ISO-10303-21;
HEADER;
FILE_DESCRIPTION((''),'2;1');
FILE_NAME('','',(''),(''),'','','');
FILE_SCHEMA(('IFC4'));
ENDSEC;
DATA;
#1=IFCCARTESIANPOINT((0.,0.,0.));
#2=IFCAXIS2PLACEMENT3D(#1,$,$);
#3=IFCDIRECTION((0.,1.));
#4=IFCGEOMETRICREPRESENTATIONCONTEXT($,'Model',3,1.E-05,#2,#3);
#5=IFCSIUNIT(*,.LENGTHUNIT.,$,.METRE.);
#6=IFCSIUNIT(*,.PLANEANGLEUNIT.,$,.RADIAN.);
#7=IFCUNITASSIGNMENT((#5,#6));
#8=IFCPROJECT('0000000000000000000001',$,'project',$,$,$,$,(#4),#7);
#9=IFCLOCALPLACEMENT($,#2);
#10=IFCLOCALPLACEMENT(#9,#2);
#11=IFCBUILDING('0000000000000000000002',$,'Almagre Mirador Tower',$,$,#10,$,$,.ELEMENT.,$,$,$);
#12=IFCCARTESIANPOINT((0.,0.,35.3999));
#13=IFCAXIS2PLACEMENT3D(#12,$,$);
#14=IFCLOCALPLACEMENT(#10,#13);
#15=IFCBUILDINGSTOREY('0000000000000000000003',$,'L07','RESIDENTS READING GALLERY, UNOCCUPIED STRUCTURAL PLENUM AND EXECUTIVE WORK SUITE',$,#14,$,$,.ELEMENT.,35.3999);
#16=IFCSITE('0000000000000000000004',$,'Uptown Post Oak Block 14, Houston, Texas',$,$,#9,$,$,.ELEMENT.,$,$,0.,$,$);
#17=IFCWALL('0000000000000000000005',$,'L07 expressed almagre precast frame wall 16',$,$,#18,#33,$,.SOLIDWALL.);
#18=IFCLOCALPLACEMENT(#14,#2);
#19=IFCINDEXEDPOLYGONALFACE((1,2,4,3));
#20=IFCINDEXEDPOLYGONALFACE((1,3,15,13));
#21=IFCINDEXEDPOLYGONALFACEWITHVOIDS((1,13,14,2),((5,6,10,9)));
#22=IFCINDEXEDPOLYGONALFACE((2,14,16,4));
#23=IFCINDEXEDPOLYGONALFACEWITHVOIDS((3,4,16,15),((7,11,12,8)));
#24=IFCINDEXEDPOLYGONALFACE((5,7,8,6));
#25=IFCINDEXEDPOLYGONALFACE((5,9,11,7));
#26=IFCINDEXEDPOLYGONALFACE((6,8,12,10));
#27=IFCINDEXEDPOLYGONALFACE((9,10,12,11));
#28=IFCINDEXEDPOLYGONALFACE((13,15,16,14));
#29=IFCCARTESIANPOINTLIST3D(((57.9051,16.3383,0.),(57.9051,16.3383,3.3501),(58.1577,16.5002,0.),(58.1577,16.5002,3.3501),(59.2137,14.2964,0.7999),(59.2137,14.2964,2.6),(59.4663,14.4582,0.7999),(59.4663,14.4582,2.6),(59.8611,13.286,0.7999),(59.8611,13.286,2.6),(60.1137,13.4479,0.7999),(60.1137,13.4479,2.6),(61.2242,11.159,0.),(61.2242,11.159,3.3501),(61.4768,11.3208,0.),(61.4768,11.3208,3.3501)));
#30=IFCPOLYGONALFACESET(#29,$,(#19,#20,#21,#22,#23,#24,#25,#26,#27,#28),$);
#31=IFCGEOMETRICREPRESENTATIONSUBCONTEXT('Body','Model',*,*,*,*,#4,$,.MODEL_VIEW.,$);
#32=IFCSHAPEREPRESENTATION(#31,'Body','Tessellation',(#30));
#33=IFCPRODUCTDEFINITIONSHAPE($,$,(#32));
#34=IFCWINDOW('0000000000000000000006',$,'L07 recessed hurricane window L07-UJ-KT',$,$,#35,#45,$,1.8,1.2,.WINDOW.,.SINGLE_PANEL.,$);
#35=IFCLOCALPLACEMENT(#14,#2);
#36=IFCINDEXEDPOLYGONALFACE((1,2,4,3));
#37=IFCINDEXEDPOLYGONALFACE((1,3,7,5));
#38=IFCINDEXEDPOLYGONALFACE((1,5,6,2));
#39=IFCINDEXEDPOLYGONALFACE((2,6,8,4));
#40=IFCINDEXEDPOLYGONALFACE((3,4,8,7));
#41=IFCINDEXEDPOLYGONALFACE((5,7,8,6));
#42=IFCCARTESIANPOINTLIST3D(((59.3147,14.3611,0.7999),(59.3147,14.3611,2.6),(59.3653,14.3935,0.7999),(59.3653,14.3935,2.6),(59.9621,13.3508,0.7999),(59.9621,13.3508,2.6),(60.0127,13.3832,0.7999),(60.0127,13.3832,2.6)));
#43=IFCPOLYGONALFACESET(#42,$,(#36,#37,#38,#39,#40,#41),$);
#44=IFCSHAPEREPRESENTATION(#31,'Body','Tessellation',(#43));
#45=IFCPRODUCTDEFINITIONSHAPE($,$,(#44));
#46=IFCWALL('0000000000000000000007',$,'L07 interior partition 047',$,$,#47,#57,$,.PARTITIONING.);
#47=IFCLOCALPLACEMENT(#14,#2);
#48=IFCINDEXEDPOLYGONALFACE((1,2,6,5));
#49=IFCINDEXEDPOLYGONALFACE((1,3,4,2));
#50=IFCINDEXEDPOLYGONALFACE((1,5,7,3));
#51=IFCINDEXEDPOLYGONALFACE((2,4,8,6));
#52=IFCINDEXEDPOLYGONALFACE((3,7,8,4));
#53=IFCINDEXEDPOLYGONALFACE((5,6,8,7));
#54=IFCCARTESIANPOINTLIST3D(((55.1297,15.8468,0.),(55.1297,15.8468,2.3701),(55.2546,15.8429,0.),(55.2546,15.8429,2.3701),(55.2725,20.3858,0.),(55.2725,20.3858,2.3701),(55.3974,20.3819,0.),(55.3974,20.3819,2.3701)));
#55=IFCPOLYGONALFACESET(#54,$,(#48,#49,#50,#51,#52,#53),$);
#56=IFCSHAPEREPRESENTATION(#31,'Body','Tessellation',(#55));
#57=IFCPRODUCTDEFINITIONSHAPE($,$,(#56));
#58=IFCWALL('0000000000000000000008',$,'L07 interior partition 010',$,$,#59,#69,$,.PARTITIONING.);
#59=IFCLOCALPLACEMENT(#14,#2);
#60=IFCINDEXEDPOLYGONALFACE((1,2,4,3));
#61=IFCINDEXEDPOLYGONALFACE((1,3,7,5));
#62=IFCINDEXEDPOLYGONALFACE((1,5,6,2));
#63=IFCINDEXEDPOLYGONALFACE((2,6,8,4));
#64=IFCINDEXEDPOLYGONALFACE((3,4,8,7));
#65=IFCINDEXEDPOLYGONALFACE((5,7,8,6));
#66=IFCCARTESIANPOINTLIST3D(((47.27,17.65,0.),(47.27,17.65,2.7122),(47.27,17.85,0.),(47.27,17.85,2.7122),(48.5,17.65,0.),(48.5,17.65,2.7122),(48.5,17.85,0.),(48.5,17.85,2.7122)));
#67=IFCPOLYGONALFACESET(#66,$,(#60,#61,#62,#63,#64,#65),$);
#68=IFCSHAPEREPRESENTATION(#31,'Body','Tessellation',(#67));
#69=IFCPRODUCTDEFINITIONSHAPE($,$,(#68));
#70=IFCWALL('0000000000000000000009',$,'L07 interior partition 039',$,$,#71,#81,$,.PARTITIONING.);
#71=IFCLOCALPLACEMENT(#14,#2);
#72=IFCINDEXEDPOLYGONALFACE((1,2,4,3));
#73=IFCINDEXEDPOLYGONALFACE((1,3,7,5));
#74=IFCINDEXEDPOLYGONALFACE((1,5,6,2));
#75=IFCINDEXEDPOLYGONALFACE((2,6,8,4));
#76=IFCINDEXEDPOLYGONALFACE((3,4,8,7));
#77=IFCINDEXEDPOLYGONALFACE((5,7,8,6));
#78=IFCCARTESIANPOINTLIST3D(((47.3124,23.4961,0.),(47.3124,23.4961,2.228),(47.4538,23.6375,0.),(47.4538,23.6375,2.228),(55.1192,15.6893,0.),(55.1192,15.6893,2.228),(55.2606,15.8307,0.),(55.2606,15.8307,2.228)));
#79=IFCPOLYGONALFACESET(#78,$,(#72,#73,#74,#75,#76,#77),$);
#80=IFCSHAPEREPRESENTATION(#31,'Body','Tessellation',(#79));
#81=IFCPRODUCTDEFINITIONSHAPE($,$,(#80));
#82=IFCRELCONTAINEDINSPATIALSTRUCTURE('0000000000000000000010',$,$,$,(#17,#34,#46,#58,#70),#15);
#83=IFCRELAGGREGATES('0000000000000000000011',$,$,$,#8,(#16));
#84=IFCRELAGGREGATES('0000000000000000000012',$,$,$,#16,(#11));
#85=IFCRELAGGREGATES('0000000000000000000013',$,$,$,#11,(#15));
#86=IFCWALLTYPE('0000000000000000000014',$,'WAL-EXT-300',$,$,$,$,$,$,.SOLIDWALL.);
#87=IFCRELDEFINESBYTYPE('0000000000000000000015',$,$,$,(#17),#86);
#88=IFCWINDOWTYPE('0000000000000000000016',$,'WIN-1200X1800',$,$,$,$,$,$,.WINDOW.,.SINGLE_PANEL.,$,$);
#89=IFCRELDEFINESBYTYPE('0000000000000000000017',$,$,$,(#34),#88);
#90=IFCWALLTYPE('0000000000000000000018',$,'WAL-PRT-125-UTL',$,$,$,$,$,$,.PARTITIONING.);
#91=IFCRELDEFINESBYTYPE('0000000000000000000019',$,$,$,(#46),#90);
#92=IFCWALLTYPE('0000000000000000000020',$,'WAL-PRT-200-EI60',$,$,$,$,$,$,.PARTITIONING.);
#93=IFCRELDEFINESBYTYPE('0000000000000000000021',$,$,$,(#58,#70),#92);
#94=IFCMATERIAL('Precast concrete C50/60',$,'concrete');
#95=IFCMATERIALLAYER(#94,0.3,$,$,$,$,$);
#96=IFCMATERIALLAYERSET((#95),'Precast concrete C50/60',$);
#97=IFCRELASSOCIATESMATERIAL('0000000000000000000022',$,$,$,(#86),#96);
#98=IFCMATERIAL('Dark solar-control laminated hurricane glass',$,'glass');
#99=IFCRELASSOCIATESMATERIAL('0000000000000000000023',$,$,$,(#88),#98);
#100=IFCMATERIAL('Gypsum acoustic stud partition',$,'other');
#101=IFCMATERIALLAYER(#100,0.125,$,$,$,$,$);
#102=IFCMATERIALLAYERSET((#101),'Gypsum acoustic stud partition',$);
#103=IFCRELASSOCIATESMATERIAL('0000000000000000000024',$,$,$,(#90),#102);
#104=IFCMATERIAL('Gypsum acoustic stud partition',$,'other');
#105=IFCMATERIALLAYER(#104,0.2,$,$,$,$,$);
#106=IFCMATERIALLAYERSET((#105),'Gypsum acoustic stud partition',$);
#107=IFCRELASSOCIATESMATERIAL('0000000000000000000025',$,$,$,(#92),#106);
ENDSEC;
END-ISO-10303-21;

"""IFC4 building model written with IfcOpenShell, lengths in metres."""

from ifc_helpers import new_model, si_unit, direction, frame, frame_2d, origin, place, context, subcontext, project, spatial, rectangle, extrude, material, layer, layer_set, type_object, element, fill, save


model = new_model("IFC4")

# Units and contexts
model_context = context("Model", 3, precision=1e-05, world=origin(), true_north=direction((0.0, 1.0)))
body_context = subcontext(model_context, "Body", "Model", "MODEL_VIEW")
ifc_project = project(units=[si_unit("LENGTHUNIT", "METRE"), si_unit("PLANEANGLEUNIT", "RADIAN")], contexts=[model_context])

# Site, building, storey
site_placement = place(None, origin())
site = spatial("IfcSite", under=ifc_project, at=site_placement, Name="Uptown Post Oak Block 14, Houston, Texas", CompositionType="ELEMENT", RefElevation=0.0)
building_placement = place(site_placement, origin())
building = spatial("IfcBuilding", under=site, at=building_placement, Name="Almagre Mirador Tower", CompositionType="ELEMENT")
storey_placement = place(building_placement, frame((0.0, 0.0, 35.3999)))
storey = spatial("IfcBuildingStorey", under=building, at=storey_placement, Name="L07", Description="RESIDENTS READING GALLERY, UNOCCUPIED STRUCTURAL PLENUM AND EXECUTIVE WORK SUITE", CompositionType="ELEMENT", Elevation=35.3999)

# Shared definitions
ifc_material_1 = material(Name="Precast concrete C50/60", Category="concrete")
ifc_layer_1 = layer(ifc_material_1, 0.3)
ifc_layer_set_1 = layer_set([ifc_layer_1], Name="Precast concrete C50/60")
wall_type_1 = type_object("IfcWallType", Name="WAL-EXT-300", PredefinedType="SOLIDWALL", material=ifc_layer_set_1)

# Wall, opening, window
wall_1_placement = place(storey_placement, frame((58.0315, 16.4192, 0.0), z_axis=(0.0, 0.0, 1.0), x_axis=(0.539543, -0.841958, 0.0)))
wall_1 = element("IfcWall", 1, at=wall_1_placement, inside=storey, type_object=wall_type_1, Name="L07 expressed almagre precast frame wall 16", PredefinedType="SOLIDWALL", context=body_context, shape_type="SweptSolid", body=[
    extrude(rectangle(XDim=6.1516, YDim=0.3, at=frame_2d((3.0757, 0.0))), origin(), (0.0, 0.0, 1.0), 3.3501),
])
opening_1_placement = place(wall_1_placement, frame((2.425, 0.0, 0.8)))
opening_1 = element("IfcOpeningElement", 2, at=opening_1_placement, cuts=wall_1, PredefinedType="OPENING", context=body_context, shape_type="SweptSolid", body=[
    extrude(rectangle(XDim=1.2, YDim=1.8, at=frame_2d((0.6001, 0.8999))), frame((0.0, 0.1599, 0.0), z_axis=(0.0, -1.0, 0.0), x_axis=(1.0, 0.0, 0.0)), (0.0, 0.0, 1.0), 0.32),
])
ifc_material_2 = material(Name="Dark solar-control laminated hurricane glass", Category="glass")
window_type_1 = type_object("IfcWindowType", Name="WIN-1200X1800", PartitioningType="SINGLE_PANEL", PredefinedType="WINDOW", material=ifc_material_2)
window_1_placement = place(opening_1_placement, origin())
window_1 = element("IfcWindow", 3, at=window_1_placement, inside=storey, type_object=window_type_1, Name="L07 recessed hurricane window L07-UJ-KT", OverallHeight=1.8, OverallWidth=1.2, PartitioningType="SINGLE_PANEL", PredefinedType="WINDOW", context=body_context, shape_type="SweptSolid", body=[
    extrude(rectangle(XDim=1.2, YDim=1.8, at=frame_2d((0.6001, 0.8999))), frame((0.0, 0.03, 0.0), z_axis=(0.0, -1.0, 0.0), x_axis=(1.0, 0.0, 0.0)), (0.0, 0.0, 1.0), 0.0601),
])
fill(opening_1, window_1)

# Walls
ifc_material_3 = material(Name="Gypsum acoustic stud partition", Category="other")
ifc_layer_2 = layer(ifc_material_3, 0.125)
ifc_layer_set_2 = layer_set([ifc_layer_2], Name="Gypsum acoustic stud partition")
wall_type_2 = type_object("IfcWallType", Name="WAL-PRT-125-UTL", PredefinedType="PARTITIONING", material=ifc_layer_set_2)
wall_2_placement = place(storey_placement, frame((55.1921, 15.845, 0.0), z_axis=(0.0, 0.0, 1.0), x_axis=(0.03145, 0.999505, 0.0)))
element("IfcWall", 4, at=wall_2_placement, inside=storey, type_object=wall_type_2, Name="L07 interior partition 047", PredefinedType="PARTITIONING", context=body_context, shape_type="SweptSolid", body=[
    extrude(rectangle(XDim=4.5413, YDim=0.125, at=frame_2d((2.2705, 0.0))), origin(), (0.0, 0.0, 1.0), 2.3701),
])
ifc_material_4 = material(Name="Gypsum acoustic stud partition", Category="other")
ifc_layer_3 = layer(ifc_material_4, 0.2)
ifc_layer_set_3 = layer_set([ifc_layer_3], Name="Gypsum acoustic stud partition")
wall_type_3 = type_object("IfcWallType", Name="WAL-PRT-200-EI60", PredefinedType="PARTITIONING", material=ifc_layer_set_3)
wall_3_placement = place(storey_placement, frame((48.5, 17.75, 0.0), z_axis=(0.0, 0.0, 1.0), x_axis=(-1.0, 0.0, 0.0)))
element("IfcWall", 5, at=wall_3_placement, inside=storey, type_object=wall_type_3, Name="L07 interior partition 010", PredefinedType="PARTITIONING", context=body_context, shape_type="SweptSolid", body=[
    extrude(rectangle(XDim=1.23, YDim=0.2, at=frame_2d((0.615, 0.0))), origin(), (0.0, 0.0, 1.0), 2.7122),
])
wall_4_placement = place(storey_placement, frame((55.1899, 15.76, 0.0), z_axis=(0.0, 0.0, 1.0), x_axis=(-0.707107, 0.707107, 0.0)))
element("IfcWall", 6, at=wall_4_placement, inside=storey, type_object=wall_type_3, Name="L07 interior partition 039", PredefinedType="PARTITIONING", context=body_context, shape_type="SweptSolid", body=[
    extrude(rectangle(XDim=11.0405, YDim=0.2, at=frame_2d((5.5203, 0.0))), origin(), (0.0, 0.0, 1.0), 2.228),
])

save(model, "model.ifc")
